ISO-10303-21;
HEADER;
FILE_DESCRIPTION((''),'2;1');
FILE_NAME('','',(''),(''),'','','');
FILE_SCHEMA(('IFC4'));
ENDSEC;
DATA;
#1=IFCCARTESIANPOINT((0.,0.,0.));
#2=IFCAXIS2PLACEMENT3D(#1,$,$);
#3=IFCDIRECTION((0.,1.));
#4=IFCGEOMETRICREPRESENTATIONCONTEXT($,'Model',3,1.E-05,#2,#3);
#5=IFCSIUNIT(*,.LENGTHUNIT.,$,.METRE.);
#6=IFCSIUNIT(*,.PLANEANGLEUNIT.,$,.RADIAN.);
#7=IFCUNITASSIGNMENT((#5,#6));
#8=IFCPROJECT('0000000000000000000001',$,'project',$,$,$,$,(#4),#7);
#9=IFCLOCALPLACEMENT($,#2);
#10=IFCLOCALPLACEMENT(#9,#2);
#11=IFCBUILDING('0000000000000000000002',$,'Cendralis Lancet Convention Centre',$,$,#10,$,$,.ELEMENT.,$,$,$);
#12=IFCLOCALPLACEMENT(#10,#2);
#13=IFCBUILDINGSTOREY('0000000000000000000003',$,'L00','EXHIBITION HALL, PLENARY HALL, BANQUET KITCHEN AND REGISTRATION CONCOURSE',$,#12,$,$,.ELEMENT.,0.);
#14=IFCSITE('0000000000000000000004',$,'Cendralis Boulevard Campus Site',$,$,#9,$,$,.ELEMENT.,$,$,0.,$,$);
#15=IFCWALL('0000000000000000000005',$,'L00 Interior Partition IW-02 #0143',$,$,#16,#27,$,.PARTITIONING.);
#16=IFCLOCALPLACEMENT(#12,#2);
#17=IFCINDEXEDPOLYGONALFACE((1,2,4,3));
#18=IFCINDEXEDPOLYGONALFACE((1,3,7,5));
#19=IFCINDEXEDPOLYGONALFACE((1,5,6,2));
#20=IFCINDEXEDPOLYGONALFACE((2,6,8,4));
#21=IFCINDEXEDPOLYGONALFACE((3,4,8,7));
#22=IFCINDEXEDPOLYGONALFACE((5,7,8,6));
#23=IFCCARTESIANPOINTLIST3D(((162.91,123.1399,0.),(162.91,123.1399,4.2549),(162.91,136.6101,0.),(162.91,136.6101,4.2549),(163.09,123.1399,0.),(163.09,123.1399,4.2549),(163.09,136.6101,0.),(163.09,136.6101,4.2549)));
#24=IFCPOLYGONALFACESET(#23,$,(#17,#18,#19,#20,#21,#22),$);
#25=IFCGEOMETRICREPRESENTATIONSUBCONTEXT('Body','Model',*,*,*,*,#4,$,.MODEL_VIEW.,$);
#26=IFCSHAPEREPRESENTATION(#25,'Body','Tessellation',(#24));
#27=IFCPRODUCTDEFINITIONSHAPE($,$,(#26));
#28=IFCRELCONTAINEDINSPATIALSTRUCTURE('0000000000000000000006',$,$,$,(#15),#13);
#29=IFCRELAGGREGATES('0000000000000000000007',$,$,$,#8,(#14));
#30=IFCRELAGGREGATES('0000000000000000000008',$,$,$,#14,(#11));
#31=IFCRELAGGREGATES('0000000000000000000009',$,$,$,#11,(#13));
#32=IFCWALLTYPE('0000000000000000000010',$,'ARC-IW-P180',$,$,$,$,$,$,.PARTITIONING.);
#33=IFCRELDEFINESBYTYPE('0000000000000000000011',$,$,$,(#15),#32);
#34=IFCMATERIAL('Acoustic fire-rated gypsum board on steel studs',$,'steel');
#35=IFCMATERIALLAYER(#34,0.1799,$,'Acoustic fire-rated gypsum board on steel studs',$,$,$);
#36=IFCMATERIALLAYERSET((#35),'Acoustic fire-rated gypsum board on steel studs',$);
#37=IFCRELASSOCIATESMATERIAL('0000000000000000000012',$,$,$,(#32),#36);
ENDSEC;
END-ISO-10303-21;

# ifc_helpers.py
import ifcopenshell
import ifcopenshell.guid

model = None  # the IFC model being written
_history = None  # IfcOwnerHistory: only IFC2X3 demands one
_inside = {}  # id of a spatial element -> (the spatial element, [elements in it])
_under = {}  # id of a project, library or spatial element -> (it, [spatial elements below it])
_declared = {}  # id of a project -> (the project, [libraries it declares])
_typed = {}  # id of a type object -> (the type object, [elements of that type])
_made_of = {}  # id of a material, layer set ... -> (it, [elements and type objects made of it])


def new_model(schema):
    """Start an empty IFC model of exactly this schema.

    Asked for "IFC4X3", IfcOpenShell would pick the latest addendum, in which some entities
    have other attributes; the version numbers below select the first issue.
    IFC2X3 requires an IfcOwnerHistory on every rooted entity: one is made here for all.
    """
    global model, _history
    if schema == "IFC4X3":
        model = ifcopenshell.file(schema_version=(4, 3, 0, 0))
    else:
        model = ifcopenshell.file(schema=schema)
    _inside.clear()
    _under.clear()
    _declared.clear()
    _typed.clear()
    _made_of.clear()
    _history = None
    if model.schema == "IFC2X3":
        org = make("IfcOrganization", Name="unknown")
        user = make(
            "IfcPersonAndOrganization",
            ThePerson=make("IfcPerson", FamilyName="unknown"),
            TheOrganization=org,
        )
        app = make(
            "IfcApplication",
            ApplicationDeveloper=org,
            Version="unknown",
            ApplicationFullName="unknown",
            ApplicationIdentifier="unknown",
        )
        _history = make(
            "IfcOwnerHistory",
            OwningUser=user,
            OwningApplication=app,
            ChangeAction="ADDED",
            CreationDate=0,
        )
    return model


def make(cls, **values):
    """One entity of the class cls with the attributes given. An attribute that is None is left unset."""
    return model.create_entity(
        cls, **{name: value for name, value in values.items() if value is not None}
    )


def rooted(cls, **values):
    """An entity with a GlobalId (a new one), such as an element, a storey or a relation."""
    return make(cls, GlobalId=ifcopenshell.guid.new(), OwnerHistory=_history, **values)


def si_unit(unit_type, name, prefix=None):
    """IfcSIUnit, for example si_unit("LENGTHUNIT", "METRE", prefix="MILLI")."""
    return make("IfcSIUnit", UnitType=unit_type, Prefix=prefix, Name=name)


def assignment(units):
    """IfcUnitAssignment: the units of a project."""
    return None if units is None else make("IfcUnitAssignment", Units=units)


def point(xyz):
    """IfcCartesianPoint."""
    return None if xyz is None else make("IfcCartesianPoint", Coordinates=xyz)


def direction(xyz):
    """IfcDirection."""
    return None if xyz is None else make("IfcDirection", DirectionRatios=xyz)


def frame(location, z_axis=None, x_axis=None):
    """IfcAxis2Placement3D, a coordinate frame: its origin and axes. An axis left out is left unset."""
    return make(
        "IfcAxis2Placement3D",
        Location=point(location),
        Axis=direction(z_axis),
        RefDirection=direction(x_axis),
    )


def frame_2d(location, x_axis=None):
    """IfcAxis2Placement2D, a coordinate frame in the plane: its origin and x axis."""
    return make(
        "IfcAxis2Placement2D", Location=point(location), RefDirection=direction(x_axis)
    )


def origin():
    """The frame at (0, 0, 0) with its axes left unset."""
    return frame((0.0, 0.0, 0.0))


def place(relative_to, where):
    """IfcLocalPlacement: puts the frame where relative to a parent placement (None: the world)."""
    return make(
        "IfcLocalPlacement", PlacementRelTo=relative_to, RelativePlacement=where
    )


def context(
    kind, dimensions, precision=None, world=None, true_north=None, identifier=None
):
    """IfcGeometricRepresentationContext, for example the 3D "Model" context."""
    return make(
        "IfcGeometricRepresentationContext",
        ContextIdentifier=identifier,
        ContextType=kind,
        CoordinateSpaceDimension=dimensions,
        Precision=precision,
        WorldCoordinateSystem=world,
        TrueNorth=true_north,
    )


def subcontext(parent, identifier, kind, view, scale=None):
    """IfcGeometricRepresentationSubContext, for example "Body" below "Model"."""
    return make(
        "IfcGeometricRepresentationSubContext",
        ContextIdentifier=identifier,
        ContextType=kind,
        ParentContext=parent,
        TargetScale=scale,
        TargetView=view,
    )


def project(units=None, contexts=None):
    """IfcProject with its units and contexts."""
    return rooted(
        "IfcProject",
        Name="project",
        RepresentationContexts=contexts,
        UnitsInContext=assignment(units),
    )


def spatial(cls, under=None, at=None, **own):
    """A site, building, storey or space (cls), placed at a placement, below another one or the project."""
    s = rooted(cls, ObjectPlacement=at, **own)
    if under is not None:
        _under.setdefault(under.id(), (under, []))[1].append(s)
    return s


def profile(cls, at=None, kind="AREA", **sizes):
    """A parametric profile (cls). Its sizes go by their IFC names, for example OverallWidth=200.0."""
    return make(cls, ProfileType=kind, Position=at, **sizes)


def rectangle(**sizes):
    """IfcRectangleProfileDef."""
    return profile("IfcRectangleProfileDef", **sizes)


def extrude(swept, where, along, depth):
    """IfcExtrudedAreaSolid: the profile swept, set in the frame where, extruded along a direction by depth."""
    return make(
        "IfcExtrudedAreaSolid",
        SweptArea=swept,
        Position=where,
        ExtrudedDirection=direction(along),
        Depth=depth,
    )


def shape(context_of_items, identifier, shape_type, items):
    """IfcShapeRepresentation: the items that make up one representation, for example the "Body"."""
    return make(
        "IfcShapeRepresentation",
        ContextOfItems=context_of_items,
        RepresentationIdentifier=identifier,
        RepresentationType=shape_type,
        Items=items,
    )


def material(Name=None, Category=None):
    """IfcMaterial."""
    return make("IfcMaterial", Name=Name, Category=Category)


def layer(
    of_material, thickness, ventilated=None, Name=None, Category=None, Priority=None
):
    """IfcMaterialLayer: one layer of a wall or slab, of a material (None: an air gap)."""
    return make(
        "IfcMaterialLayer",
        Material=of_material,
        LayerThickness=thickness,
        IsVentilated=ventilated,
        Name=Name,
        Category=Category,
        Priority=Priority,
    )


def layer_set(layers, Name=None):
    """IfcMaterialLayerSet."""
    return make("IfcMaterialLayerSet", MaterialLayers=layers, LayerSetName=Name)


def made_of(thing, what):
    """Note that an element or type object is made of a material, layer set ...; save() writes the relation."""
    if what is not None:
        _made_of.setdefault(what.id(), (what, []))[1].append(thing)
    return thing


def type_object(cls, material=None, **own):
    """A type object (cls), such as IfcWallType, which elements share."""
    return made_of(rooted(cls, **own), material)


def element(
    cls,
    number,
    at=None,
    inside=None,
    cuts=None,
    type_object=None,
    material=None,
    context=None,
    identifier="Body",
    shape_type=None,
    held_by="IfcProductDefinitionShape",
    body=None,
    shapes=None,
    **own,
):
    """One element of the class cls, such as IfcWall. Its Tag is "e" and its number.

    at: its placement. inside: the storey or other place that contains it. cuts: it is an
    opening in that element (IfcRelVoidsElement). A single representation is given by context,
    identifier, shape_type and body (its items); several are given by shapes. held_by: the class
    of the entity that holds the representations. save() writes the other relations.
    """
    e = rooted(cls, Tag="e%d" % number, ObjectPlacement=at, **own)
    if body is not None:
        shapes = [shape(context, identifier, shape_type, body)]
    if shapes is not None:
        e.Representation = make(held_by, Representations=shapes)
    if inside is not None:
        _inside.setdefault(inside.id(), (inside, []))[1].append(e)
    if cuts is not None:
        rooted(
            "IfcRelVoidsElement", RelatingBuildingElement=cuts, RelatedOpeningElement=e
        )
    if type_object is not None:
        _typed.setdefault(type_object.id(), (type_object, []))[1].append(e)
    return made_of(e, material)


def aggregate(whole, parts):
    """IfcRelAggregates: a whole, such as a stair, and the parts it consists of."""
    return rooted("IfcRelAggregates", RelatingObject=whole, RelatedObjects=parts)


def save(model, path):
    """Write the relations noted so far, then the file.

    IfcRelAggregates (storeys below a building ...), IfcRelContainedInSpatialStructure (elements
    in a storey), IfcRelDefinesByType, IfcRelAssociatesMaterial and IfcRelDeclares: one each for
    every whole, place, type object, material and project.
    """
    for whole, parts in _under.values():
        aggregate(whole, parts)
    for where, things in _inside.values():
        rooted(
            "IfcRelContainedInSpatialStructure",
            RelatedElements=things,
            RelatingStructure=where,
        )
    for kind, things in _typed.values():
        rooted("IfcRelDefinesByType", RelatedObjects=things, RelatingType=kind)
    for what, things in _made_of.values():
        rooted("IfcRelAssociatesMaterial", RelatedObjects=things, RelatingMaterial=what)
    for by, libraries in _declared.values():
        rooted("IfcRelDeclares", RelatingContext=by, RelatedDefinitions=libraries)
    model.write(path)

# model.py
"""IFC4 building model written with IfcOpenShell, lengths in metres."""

from ifc_helpers import new_model, si_unit, direction, frame, frame_2d, origin, place, context, subcontext, project, spatial, rectangle, extrude, material, layer, layer_set, type_object, element, save


model = new_model("IFC4")

# Units and contexts
model_context = context("Model", 3, precision=1e-05, world=origin(), true_north=direction((0.0, 1.0)))
body_context = subcontext(model_context, "Body", "Model", "MODEL_VIEW")
ifc_project = project(units=[si_unit("LENGTHUNIT", "METRE"), si_unit("PLANEANGLEUNIT", "RADIAN")], contexts=[model_context])

# Site, building, storey
site_placement = place(None, origin())
site = spatial("IfcSite", under=ifc_project, at=site_placement, Name="Cendralis Boulevard Campus Site", CompositionType="ELEMENT", RefElevation=0.0)
building_placement = place(site_placement, origin())
building = spatial("IfcBuilding", under=site, at=building_placement, Name="Cendralis Lancet Convention Centre", CompositionType="ELEMENT")
storey_placement = place(building_placement, origin())
storey = spatial("IfcBuildingStorey", under=building, at=storey_placement, Name="L00", Description="EXHIBITION HALL, PLENARY HALL, BANQUET KITCHEN AND REGISTRATION CONCOURSE", CompositionType="ELEMENT", Elevation=0.0)

# Shared definitions
ifc_material_1 = material(Name="Acoustic fire-rated gypsum board on steel studs", Category="steel")
ifc_layer_1 = layer(ifc_material_1, 0.1799, Name="Acoustic fire-rated gypsum board on steel studs")
ifc_layer_set_1 = layer_set([ifc_layer_1], Name="Acoustic fire-rated gypsum board on steel studs")
wall_type_1 = type_object("IfcWallType", Name="ARC-IW-P180", PredefinedType="PARTITIONING", material=ifc_layer_set_1)

# Wall
wall_1_placement = place(storey_placement, frame((163.0, 123.1399, 0.0), z_axis=(0.0, 0.0, 1.0), x_axis=(0.0, 1.0, 0.0)))
element("IfcWall", 1, at=wall_1_placement, inside=storey, type_object=wall_type_1, Name="L00 Interior Partition IW-02 #0143", PredefinedType="PARTITIONING", context=body_context, shape_type="SweptSolid", body=[
    extrude(rectangle(XDim=13.4702, YDim=0.1799, at=frame_2d((6.7351, 0.0))), origin(), (0.0, 0.0, 1.0), 4.2549),
])

save(model, "model.ifc")
